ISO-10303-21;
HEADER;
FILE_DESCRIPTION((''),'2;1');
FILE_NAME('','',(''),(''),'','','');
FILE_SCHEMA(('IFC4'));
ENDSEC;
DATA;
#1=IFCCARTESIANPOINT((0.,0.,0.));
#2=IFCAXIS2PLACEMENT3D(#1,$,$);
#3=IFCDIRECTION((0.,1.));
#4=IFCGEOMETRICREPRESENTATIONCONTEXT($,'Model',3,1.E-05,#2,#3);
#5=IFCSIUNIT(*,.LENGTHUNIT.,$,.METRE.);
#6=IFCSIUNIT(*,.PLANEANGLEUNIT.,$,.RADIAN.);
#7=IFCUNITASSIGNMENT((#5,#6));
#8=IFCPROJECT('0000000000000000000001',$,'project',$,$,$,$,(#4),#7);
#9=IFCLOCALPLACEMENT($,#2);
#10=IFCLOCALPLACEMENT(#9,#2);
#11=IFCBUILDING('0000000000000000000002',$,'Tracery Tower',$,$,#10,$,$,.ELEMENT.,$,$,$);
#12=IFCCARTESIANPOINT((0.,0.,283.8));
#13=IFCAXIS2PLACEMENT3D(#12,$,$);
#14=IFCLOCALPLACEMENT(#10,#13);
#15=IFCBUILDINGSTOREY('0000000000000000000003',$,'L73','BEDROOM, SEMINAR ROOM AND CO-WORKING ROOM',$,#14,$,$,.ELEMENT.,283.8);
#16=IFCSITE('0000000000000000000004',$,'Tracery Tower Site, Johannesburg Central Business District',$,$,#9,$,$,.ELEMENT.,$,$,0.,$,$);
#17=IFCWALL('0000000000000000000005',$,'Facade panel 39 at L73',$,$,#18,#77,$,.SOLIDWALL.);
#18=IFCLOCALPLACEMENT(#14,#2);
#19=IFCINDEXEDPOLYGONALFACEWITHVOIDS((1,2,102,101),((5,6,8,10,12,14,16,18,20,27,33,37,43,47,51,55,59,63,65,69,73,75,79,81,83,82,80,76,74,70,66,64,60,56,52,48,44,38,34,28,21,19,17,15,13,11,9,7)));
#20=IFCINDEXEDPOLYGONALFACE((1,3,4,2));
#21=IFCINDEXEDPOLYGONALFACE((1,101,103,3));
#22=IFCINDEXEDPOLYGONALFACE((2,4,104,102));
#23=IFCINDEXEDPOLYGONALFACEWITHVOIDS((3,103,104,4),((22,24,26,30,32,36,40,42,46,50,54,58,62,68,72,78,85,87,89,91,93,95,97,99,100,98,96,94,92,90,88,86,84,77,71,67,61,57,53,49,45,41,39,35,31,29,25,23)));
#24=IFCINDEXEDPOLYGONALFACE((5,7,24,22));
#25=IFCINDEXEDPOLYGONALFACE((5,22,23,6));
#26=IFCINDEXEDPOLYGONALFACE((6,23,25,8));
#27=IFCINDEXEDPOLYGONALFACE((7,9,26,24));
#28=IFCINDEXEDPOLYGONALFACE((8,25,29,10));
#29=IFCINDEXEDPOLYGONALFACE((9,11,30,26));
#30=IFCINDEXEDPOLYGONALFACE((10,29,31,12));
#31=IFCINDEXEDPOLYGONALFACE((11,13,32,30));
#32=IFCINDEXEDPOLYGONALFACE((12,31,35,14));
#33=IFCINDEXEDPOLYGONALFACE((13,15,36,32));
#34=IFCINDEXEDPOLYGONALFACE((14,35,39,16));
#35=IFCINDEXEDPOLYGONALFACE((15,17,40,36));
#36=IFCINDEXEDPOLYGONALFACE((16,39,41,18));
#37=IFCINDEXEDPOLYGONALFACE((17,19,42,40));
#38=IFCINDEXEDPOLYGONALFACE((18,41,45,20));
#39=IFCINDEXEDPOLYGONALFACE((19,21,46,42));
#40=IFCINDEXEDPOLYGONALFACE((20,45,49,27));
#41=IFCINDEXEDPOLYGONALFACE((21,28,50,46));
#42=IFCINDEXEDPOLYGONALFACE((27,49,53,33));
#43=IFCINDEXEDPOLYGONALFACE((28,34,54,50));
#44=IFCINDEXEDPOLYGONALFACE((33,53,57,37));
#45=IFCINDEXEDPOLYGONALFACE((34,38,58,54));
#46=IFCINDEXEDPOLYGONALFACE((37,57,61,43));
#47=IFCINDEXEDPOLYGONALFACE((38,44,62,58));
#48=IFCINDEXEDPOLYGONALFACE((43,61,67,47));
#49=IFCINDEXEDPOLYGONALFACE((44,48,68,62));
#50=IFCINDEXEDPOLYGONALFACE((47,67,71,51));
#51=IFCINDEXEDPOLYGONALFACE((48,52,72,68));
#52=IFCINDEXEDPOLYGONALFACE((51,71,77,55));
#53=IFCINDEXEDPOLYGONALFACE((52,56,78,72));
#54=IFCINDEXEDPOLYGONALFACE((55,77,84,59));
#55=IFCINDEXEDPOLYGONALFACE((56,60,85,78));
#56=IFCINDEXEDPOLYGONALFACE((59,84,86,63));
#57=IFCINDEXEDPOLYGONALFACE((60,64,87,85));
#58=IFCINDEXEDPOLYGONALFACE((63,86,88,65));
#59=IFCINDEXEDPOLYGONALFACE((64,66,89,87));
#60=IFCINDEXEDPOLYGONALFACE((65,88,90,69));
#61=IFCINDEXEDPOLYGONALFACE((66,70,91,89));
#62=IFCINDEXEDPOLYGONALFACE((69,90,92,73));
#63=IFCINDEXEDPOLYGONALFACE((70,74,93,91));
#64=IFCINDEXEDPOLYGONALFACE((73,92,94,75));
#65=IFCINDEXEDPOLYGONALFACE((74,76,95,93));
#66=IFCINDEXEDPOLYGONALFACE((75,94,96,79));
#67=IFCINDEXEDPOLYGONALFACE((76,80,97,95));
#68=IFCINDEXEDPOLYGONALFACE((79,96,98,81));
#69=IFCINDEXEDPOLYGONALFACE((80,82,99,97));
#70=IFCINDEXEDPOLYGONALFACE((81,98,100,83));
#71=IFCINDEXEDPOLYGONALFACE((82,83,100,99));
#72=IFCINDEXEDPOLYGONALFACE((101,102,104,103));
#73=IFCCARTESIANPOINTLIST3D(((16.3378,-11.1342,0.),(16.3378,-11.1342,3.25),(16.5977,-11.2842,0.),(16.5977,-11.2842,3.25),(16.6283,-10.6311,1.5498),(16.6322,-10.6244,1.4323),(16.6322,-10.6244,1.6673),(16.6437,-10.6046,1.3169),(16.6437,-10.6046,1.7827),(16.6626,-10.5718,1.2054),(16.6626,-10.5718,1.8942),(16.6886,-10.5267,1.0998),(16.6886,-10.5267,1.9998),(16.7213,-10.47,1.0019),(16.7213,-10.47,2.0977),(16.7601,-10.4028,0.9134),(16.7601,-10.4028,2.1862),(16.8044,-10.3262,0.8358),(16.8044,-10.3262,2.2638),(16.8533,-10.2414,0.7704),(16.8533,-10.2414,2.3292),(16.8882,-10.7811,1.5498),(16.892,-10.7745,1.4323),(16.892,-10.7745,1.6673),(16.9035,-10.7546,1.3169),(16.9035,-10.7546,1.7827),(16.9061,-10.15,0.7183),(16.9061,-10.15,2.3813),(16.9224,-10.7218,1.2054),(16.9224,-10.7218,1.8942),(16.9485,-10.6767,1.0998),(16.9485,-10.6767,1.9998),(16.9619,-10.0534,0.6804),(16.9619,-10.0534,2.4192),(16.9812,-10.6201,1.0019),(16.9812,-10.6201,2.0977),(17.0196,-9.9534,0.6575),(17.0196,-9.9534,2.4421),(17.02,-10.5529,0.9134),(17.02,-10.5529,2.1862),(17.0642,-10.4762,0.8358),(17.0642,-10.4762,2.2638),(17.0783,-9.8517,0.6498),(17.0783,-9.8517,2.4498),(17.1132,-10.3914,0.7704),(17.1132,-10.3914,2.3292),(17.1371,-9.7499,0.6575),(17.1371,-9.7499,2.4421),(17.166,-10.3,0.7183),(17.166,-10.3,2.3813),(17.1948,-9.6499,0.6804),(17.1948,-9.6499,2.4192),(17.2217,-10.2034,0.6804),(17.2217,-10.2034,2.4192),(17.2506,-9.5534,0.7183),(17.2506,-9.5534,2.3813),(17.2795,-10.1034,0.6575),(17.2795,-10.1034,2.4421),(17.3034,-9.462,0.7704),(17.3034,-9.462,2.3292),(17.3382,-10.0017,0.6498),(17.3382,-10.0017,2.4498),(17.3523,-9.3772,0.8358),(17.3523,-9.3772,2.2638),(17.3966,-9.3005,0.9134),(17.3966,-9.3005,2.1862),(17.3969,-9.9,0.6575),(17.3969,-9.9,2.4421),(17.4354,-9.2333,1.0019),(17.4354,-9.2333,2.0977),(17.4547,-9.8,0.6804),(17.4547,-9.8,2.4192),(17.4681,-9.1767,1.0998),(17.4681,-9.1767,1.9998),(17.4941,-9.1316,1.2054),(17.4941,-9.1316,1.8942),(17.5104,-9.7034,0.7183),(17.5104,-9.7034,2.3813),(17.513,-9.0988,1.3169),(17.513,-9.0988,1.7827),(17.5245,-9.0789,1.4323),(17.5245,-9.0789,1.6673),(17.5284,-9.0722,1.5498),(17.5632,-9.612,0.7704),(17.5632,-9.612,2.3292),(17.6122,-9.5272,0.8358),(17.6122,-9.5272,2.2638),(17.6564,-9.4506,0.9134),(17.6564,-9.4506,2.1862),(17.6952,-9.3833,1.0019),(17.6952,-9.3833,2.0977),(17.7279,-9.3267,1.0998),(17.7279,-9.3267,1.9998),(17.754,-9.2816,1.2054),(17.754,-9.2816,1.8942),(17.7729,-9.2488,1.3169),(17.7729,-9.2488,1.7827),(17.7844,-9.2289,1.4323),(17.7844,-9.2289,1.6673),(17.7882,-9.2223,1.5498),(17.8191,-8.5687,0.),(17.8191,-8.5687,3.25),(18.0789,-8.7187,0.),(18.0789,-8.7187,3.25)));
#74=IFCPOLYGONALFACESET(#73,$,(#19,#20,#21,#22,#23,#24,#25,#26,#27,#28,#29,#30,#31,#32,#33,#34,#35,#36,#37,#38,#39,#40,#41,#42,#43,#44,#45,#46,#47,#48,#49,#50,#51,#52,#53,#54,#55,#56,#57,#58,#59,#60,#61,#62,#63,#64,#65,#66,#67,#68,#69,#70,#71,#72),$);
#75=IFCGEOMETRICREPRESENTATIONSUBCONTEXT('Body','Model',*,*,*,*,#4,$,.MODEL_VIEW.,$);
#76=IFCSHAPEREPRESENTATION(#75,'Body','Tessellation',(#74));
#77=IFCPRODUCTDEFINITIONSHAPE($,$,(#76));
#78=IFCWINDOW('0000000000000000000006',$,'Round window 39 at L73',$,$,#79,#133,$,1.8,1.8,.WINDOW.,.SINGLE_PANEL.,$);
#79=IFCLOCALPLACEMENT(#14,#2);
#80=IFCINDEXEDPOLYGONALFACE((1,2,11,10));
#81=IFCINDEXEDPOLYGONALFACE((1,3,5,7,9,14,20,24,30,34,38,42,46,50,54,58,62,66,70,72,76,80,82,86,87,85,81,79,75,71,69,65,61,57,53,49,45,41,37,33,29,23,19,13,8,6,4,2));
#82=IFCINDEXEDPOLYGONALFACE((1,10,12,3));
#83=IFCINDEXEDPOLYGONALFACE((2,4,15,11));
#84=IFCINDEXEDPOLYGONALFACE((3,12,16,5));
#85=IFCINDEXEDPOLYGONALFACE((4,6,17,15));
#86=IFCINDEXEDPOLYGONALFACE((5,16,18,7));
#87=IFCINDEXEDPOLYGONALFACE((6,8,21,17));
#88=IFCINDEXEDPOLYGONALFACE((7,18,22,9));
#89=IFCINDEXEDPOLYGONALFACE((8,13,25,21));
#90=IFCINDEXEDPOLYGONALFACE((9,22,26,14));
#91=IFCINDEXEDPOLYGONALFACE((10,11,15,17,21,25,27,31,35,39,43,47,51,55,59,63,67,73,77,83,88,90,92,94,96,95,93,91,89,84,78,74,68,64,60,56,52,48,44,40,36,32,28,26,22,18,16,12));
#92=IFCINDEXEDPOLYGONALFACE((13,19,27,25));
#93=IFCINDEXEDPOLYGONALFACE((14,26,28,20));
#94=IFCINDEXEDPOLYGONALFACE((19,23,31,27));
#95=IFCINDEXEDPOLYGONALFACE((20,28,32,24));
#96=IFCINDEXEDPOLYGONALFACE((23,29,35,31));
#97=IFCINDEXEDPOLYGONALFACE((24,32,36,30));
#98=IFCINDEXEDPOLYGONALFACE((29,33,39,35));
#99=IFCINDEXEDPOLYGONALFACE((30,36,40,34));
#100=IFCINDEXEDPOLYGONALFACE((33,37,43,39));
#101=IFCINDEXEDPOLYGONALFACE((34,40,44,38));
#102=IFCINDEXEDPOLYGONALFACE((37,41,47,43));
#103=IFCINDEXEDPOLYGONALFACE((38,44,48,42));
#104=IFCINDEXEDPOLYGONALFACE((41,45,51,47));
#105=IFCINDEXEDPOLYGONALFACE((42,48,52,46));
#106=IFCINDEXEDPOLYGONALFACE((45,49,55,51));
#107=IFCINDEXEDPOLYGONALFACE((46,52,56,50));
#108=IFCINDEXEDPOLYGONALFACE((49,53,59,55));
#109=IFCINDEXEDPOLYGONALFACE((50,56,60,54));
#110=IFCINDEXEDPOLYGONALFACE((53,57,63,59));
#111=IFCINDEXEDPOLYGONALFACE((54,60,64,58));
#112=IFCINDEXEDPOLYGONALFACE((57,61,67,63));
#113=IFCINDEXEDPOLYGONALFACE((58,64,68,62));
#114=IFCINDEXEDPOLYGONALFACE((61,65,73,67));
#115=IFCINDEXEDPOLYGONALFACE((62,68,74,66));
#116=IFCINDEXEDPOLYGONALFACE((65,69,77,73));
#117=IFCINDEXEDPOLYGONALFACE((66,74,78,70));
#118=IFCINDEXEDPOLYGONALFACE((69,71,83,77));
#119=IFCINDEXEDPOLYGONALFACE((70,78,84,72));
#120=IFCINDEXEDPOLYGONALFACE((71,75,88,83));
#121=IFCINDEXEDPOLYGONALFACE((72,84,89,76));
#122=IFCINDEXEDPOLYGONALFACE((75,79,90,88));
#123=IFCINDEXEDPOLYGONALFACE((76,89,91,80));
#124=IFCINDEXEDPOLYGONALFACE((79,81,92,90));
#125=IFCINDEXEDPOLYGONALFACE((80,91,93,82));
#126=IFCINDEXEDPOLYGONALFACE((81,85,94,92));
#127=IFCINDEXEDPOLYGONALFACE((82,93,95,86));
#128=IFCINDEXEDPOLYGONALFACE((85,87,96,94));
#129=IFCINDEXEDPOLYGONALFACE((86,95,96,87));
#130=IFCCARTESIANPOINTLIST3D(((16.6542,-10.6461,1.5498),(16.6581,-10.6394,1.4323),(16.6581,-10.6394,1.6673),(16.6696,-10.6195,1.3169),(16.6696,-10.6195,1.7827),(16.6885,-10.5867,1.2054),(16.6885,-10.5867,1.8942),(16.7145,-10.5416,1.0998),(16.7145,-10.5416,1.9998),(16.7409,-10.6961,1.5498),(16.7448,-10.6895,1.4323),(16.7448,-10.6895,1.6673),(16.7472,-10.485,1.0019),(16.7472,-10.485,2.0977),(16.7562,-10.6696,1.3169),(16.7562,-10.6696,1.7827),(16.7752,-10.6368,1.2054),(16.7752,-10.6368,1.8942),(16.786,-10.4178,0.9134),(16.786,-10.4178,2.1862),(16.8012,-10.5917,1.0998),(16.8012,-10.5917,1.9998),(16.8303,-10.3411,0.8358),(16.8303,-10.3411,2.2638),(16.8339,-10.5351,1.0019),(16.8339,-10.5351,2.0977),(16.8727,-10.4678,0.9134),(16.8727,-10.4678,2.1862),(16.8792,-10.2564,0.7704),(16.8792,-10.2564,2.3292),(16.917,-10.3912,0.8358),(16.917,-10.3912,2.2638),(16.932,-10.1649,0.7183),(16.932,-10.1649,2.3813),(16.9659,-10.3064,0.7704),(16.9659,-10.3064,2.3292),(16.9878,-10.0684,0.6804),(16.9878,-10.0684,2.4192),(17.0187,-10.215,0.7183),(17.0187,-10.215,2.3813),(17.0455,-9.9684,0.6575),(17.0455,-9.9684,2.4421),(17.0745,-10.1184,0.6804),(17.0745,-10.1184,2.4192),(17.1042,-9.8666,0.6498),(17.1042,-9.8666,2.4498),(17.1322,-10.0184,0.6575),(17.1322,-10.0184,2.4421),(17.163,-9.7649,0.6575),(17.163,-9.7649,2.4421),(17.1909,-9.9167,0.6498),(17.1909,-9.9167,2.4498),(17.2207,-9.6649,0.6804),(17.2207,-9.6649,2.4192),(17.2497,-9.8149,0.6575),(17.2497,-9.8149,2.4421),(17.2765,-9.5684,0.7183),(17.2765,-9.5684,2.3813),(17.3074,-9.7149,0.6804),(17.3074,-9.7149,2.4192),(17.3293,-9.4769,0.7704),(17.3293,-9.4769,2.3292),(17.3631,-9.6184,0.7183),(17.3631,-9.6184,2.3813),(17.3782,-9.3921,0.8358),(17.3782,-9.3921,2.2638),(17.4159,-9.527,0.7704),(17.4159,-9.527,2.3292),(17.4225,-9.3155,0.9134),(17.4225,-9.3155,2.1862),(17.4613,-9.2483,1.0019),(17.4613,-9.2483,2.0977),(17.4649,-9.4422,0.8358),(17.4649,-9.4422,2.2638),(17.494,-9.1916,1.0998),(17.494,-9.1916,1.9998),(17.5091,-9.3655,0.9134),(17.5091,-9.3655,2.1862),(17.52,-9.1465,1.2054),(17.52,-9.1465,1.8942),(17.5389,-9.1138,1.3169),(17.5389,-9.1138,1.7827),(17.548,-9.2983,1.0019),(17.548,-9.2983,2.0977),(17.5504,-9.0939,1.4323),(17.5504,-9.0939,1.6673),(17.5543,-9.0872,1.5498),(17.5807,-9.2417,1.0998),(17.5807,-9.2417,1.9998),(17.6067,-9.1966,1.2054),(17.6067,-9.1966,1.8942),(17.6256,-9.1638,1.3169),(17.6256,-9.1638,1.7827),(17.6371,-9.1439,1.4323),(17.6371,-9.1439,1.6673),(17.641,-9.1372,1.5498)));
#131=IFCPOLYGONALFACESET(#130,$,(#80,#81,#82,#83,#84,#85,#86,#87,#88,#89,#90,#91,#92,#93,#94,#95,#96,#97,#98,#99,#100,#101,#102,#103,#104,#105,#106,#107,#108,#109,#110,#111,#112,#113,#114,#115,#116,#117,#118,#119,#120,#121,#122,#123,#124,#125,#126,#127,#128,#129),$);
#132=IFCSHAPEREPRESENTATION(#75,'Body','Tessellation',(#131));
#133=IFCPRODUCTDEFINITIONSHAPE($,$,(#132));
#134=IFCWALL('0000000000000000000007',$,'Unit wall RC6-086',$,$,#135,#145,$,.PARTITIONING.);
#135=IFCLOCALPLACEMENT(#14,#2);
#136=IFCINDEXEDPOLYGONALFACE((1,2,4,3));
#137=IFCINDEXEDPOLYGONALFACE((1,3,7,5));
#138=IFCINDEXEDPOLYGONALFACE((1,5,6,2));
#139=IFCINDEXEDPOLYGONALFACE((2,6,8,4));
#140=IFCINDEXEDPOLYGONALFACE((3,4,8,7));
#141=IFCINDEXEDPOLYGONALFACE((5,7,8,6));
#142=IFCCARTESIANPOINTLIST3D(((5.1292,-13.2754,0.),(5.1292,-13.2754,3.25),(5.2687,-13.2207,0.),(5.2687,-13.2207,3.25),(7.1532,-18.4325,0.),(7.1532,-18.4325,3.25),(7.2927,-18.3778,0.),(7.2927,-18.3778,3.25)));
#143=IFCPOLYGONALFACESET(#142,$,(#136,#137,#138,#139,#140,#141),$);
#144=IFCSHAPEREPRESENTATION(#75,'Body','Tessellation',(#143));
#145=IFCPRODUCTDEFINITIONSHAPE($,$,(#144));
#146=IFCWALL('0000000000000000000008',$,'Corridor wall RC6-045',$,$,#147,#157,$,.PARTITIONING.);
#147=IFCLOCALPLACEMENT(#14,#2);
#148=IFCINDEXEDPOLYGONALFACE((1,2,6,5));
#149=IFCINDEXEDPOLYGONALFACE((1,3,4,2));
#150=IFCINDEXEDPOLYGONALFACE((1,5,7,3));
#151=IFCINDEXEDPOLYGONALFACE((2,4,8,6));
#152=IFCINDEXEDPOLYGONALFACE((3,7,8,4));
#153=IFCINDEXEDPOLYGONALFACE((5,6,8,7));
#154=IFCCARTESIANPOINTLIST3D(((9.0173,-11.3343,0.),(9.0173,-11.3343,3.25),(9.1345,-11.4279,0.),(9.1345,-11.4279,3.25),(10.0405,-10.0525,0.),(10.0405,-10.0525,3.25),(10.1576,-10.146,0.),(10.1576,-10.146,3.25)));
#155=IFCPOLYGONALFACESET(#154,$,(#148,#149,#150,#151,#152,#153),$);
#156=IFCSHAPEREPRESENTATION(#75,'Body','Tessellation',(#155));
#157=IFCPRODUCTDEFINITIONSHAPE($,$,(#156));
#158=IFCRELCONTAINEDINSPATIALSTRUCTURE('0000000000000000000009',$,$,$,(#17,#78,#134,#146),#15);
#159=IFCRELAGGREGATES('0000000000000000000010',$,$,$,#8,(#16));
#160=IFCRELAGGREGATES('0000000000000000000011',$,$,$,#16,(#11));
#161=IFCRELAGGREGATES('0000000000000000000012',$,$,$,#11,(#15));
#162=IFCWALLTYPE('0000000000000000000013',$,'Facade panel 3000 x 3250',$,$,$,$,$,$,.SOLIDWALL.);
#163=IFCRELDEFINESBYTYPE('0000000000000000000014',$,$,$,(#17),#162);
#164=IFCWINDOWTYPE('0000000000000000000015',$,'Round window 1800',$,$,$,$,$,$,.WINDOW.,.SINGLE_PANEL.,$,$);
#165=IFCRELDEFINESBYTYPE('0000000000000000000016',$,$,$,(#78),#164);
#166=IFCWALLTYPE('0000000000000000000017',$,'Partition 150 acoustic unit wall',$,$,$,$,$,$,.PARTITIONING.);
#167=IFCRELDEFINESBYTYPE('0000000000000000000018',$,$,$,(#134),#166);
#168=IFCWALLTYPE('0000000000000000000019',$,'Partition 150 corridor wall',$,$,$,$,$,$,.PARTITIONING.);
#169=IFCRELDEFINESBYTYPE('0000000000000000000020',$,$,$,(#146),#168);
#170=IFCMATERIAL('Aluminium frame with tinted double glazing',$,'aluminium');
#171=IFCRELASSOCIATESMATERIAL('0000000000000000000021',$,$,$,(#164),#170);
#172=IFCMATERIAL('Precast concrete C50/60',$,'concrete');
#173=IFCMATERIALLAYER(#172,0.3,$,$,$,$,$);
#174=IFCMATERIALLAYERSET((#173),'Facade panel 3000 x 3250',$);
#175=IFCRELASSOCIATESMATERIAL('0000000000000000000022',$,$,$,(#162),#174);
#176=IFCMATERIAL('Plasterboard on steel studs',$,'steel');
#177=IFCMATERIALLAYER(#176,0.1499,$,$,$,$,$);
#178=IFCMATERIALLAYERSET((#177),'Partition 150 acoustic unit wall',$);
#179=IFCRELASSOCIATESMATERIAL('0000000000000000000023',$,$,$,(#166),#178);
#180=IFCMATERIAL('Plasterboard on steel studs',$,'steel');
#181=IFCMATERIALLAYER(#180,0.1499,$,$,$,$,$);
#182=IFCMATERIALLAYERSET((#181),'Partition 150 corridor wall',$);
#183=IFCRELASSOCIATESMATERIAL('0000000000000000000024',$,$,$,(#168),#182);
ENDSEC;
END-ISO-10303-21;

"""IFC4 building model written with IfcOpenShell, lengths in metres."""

from ifc_helpers import new_model, si_unit, direction, frame, frame_2d, origin, origin_2d, place, context, subcontext, project, spatial, rectangle, circle, extrude, material, layer, layer_set, type_object, element, fill, save


model = new_model("IFC4")

# Units and contexts
model_context = context("Model", 3, precision=1e-05, world=origin(), true_north=direction((0.0, 1.0)))
body_context = subcontext(model_context, "Body", "Model", "MODEL_VIEW")
ifc_project = project(units=[si_unit("LENGTHUNIT", "METRE"), si_unit("PLANEANGLEUNIT", "RADIAN")], contexts=[model_context])

# Site, building, storey
site_placement = place(None, origin())
site = spatial("IfcSite", under=ifc_project, at=site_placement, Name="Tracery Tower Site, Johannesburg Central Business District", CompositionType="ELEMENT", RefElevation=0.0)
building_placement = place(site_placement, origin())
building = spatial("IfcBuilding", under=site, at=building_placement, Name="Tracery Tower", CompositionType="ELEMENT")
storey_placement = place(building_placement, frame((0.0, 0.0, 283.8)))
storey = spatial("IfcBuildingStorey", under=building, at=storey_placement, Name="L73", Description="BEDROOM, SEMINAR ROOM AND CO-WORKING ROOM", CompositionType="ELEMENT", Elevation=283.8)

# Wall, opening, window
ifc_material_1 = material(Name="Aluminium frame with tinted double glazing", Category="aluminium")
window_type = type_object("IfcWindowType", Name="Round window 1800", PartitioningType="SINGLE_PANEL", PredefinedType="WINDOW", material=ifc_material_1)
ifc_material_2 = material(Name="Precast concrete C50/60", Category="concrete")
ifc_layer_1 = layer(ifc_material_2, 0.3)
ifc_layer_set_1 = layer_set([ifc_layer_1], Name="Facade panel 3000 x 3250")
wall_type_1 = type_object("IfcWallType", Name="Facade panel 3000 x 3250", PredefinedType="SOLIDWALL", material=ifc_layer_set_1)
wall_1_placement = place(storey_placement, frame((16.4678, -11.2092, 0.0), z_axis=(0.0, 0.0, 1.0), x_axis=(0.500013, 0.866018, 0.0)))
wall_1 = element("IfcWall", 1, at=wall_1_placement, inside=storey, type_object=wall_type_1, Name="Facade panel 39 at L73", PredefinedType="SOLIDWALL", context=body_context, shape_type="SweptSolid", body=[
    extrude(rectangle(XDim=2.9624, YDim=0.3, at=frame_2d((1.4812, 0.0))), origin(), (0.0, 0.0, 1.0), 3.25),
])
opening_1_placement = place(wall_1_placement, frame((1.481, 0.0, 1.5498)))
opening_1 = element("IfcOpeningElement", 2, at=opening_1_placement, cuts=wall_1, PredefinedType="OPENING", context=body_context, shape_type="SweptSolid", body=[
    extrude(circle(Radius=0.9, at=origin_2d()), frame((0.0, 0.1599, 0.0), z_axis=(0.0, -1.0, 0.0), x_axis=(1.0, 0.0, 0.0)), (0.0, 0.0, 1.0), 0.3201),
])
window_1_placement = place(opening_1_placement, origin())
window_1 = element("IfcWindow", 3, at=window_1_placement, inside=storey, type_object=window_type, Name="Round window 39 at L73", OverallHeight=1.8, OverallWidth=1.8, PartitioningType="SINGLE_PANEL", PredefinedType="WINDOW", context=body_context, shape_type="SweptSolid", body=[
    extrude(circle(Radius=0.9, at=origin_2d()), frame((0.0, 0.1201, 0.0), z_axis=(0.0, -1.0, 0.0), x_axis=(1.0, 0.0, 0.0)), (0.0, 0.0, 1.0), 0.1001),
])
fill(opening_1, window_1)

# Walls
ifc_material_3 = material(Name="Plasterboard on steel studs", Category="steel")
ifc_layer_2 = layer(ifc_material_3, 0.1499)
ifc_layer_set_2 = layer_set([ifc_layer_2], Name="Partition 150 acoustic unit wall")
wall_type_2 = type_object("IfcWallType", Name="Partition 150 acoustic unit wall", PredefinedType="PARTITIONING", material=ifc_layer_set_2)
wall_2_placement = place(storey_placement, frame((5.199, -13.248, 0.0), z_axis=(0.0, 0.0, 1.0), x_axis=(0.365335, -0.930876, 0.0)))
element("IfcWall", 4, at=wall_2_placement, inside=storey, type_object=wall_type_2, Name="Unit wall RC6-086", PredefinedType="PARTITIONING", context=body_context, shape_type="SweptSolid", body=[
    extrude(rectangle(XDim=5.54, YDim=0.1499, at=frame_2d((2.77, 0.0))), origin(), (0.0, 0.0, 1.0), 3.25),
])
ifc_material_4 = material(Name="Plasterboard on steel studs", Category="steel")
ifc_layer_3 = layer(ifc_material_4, 0.1499)
ifc_layer_set_3 = layer_set([ifc_layer_3], Name="Partition 150 corridor wall")
wall_type_3 = type_object("IfcWallType", Name="Partition 150 corridor wall", PredefinedType="PARTITIONING", material=ifc_layer_set_3)
wall_3_placement = place(storey_placement, frame((9.0759, -11.3811, 0.0), z_axis=(0.0, 0.0, 1.0), x_axis=(0.623805, 0.78158, 0.0)))
element("IfcWall", 5, at=wall_3_placement, inside=storey, type_object=wall_type_3, Name="Corridor wall RC6-045", PredefinedType="PARTITIONING", context=body_context, shape_type="SweptSolid", body=[
    extrude(rectangle(XDim=1.6401, YDim=0.1499, at=frame_2d((0.8201, 0.0))), origin(), (0.0, 0.0, 1.0), 3.25),
])

save(model, "model.ifc")
